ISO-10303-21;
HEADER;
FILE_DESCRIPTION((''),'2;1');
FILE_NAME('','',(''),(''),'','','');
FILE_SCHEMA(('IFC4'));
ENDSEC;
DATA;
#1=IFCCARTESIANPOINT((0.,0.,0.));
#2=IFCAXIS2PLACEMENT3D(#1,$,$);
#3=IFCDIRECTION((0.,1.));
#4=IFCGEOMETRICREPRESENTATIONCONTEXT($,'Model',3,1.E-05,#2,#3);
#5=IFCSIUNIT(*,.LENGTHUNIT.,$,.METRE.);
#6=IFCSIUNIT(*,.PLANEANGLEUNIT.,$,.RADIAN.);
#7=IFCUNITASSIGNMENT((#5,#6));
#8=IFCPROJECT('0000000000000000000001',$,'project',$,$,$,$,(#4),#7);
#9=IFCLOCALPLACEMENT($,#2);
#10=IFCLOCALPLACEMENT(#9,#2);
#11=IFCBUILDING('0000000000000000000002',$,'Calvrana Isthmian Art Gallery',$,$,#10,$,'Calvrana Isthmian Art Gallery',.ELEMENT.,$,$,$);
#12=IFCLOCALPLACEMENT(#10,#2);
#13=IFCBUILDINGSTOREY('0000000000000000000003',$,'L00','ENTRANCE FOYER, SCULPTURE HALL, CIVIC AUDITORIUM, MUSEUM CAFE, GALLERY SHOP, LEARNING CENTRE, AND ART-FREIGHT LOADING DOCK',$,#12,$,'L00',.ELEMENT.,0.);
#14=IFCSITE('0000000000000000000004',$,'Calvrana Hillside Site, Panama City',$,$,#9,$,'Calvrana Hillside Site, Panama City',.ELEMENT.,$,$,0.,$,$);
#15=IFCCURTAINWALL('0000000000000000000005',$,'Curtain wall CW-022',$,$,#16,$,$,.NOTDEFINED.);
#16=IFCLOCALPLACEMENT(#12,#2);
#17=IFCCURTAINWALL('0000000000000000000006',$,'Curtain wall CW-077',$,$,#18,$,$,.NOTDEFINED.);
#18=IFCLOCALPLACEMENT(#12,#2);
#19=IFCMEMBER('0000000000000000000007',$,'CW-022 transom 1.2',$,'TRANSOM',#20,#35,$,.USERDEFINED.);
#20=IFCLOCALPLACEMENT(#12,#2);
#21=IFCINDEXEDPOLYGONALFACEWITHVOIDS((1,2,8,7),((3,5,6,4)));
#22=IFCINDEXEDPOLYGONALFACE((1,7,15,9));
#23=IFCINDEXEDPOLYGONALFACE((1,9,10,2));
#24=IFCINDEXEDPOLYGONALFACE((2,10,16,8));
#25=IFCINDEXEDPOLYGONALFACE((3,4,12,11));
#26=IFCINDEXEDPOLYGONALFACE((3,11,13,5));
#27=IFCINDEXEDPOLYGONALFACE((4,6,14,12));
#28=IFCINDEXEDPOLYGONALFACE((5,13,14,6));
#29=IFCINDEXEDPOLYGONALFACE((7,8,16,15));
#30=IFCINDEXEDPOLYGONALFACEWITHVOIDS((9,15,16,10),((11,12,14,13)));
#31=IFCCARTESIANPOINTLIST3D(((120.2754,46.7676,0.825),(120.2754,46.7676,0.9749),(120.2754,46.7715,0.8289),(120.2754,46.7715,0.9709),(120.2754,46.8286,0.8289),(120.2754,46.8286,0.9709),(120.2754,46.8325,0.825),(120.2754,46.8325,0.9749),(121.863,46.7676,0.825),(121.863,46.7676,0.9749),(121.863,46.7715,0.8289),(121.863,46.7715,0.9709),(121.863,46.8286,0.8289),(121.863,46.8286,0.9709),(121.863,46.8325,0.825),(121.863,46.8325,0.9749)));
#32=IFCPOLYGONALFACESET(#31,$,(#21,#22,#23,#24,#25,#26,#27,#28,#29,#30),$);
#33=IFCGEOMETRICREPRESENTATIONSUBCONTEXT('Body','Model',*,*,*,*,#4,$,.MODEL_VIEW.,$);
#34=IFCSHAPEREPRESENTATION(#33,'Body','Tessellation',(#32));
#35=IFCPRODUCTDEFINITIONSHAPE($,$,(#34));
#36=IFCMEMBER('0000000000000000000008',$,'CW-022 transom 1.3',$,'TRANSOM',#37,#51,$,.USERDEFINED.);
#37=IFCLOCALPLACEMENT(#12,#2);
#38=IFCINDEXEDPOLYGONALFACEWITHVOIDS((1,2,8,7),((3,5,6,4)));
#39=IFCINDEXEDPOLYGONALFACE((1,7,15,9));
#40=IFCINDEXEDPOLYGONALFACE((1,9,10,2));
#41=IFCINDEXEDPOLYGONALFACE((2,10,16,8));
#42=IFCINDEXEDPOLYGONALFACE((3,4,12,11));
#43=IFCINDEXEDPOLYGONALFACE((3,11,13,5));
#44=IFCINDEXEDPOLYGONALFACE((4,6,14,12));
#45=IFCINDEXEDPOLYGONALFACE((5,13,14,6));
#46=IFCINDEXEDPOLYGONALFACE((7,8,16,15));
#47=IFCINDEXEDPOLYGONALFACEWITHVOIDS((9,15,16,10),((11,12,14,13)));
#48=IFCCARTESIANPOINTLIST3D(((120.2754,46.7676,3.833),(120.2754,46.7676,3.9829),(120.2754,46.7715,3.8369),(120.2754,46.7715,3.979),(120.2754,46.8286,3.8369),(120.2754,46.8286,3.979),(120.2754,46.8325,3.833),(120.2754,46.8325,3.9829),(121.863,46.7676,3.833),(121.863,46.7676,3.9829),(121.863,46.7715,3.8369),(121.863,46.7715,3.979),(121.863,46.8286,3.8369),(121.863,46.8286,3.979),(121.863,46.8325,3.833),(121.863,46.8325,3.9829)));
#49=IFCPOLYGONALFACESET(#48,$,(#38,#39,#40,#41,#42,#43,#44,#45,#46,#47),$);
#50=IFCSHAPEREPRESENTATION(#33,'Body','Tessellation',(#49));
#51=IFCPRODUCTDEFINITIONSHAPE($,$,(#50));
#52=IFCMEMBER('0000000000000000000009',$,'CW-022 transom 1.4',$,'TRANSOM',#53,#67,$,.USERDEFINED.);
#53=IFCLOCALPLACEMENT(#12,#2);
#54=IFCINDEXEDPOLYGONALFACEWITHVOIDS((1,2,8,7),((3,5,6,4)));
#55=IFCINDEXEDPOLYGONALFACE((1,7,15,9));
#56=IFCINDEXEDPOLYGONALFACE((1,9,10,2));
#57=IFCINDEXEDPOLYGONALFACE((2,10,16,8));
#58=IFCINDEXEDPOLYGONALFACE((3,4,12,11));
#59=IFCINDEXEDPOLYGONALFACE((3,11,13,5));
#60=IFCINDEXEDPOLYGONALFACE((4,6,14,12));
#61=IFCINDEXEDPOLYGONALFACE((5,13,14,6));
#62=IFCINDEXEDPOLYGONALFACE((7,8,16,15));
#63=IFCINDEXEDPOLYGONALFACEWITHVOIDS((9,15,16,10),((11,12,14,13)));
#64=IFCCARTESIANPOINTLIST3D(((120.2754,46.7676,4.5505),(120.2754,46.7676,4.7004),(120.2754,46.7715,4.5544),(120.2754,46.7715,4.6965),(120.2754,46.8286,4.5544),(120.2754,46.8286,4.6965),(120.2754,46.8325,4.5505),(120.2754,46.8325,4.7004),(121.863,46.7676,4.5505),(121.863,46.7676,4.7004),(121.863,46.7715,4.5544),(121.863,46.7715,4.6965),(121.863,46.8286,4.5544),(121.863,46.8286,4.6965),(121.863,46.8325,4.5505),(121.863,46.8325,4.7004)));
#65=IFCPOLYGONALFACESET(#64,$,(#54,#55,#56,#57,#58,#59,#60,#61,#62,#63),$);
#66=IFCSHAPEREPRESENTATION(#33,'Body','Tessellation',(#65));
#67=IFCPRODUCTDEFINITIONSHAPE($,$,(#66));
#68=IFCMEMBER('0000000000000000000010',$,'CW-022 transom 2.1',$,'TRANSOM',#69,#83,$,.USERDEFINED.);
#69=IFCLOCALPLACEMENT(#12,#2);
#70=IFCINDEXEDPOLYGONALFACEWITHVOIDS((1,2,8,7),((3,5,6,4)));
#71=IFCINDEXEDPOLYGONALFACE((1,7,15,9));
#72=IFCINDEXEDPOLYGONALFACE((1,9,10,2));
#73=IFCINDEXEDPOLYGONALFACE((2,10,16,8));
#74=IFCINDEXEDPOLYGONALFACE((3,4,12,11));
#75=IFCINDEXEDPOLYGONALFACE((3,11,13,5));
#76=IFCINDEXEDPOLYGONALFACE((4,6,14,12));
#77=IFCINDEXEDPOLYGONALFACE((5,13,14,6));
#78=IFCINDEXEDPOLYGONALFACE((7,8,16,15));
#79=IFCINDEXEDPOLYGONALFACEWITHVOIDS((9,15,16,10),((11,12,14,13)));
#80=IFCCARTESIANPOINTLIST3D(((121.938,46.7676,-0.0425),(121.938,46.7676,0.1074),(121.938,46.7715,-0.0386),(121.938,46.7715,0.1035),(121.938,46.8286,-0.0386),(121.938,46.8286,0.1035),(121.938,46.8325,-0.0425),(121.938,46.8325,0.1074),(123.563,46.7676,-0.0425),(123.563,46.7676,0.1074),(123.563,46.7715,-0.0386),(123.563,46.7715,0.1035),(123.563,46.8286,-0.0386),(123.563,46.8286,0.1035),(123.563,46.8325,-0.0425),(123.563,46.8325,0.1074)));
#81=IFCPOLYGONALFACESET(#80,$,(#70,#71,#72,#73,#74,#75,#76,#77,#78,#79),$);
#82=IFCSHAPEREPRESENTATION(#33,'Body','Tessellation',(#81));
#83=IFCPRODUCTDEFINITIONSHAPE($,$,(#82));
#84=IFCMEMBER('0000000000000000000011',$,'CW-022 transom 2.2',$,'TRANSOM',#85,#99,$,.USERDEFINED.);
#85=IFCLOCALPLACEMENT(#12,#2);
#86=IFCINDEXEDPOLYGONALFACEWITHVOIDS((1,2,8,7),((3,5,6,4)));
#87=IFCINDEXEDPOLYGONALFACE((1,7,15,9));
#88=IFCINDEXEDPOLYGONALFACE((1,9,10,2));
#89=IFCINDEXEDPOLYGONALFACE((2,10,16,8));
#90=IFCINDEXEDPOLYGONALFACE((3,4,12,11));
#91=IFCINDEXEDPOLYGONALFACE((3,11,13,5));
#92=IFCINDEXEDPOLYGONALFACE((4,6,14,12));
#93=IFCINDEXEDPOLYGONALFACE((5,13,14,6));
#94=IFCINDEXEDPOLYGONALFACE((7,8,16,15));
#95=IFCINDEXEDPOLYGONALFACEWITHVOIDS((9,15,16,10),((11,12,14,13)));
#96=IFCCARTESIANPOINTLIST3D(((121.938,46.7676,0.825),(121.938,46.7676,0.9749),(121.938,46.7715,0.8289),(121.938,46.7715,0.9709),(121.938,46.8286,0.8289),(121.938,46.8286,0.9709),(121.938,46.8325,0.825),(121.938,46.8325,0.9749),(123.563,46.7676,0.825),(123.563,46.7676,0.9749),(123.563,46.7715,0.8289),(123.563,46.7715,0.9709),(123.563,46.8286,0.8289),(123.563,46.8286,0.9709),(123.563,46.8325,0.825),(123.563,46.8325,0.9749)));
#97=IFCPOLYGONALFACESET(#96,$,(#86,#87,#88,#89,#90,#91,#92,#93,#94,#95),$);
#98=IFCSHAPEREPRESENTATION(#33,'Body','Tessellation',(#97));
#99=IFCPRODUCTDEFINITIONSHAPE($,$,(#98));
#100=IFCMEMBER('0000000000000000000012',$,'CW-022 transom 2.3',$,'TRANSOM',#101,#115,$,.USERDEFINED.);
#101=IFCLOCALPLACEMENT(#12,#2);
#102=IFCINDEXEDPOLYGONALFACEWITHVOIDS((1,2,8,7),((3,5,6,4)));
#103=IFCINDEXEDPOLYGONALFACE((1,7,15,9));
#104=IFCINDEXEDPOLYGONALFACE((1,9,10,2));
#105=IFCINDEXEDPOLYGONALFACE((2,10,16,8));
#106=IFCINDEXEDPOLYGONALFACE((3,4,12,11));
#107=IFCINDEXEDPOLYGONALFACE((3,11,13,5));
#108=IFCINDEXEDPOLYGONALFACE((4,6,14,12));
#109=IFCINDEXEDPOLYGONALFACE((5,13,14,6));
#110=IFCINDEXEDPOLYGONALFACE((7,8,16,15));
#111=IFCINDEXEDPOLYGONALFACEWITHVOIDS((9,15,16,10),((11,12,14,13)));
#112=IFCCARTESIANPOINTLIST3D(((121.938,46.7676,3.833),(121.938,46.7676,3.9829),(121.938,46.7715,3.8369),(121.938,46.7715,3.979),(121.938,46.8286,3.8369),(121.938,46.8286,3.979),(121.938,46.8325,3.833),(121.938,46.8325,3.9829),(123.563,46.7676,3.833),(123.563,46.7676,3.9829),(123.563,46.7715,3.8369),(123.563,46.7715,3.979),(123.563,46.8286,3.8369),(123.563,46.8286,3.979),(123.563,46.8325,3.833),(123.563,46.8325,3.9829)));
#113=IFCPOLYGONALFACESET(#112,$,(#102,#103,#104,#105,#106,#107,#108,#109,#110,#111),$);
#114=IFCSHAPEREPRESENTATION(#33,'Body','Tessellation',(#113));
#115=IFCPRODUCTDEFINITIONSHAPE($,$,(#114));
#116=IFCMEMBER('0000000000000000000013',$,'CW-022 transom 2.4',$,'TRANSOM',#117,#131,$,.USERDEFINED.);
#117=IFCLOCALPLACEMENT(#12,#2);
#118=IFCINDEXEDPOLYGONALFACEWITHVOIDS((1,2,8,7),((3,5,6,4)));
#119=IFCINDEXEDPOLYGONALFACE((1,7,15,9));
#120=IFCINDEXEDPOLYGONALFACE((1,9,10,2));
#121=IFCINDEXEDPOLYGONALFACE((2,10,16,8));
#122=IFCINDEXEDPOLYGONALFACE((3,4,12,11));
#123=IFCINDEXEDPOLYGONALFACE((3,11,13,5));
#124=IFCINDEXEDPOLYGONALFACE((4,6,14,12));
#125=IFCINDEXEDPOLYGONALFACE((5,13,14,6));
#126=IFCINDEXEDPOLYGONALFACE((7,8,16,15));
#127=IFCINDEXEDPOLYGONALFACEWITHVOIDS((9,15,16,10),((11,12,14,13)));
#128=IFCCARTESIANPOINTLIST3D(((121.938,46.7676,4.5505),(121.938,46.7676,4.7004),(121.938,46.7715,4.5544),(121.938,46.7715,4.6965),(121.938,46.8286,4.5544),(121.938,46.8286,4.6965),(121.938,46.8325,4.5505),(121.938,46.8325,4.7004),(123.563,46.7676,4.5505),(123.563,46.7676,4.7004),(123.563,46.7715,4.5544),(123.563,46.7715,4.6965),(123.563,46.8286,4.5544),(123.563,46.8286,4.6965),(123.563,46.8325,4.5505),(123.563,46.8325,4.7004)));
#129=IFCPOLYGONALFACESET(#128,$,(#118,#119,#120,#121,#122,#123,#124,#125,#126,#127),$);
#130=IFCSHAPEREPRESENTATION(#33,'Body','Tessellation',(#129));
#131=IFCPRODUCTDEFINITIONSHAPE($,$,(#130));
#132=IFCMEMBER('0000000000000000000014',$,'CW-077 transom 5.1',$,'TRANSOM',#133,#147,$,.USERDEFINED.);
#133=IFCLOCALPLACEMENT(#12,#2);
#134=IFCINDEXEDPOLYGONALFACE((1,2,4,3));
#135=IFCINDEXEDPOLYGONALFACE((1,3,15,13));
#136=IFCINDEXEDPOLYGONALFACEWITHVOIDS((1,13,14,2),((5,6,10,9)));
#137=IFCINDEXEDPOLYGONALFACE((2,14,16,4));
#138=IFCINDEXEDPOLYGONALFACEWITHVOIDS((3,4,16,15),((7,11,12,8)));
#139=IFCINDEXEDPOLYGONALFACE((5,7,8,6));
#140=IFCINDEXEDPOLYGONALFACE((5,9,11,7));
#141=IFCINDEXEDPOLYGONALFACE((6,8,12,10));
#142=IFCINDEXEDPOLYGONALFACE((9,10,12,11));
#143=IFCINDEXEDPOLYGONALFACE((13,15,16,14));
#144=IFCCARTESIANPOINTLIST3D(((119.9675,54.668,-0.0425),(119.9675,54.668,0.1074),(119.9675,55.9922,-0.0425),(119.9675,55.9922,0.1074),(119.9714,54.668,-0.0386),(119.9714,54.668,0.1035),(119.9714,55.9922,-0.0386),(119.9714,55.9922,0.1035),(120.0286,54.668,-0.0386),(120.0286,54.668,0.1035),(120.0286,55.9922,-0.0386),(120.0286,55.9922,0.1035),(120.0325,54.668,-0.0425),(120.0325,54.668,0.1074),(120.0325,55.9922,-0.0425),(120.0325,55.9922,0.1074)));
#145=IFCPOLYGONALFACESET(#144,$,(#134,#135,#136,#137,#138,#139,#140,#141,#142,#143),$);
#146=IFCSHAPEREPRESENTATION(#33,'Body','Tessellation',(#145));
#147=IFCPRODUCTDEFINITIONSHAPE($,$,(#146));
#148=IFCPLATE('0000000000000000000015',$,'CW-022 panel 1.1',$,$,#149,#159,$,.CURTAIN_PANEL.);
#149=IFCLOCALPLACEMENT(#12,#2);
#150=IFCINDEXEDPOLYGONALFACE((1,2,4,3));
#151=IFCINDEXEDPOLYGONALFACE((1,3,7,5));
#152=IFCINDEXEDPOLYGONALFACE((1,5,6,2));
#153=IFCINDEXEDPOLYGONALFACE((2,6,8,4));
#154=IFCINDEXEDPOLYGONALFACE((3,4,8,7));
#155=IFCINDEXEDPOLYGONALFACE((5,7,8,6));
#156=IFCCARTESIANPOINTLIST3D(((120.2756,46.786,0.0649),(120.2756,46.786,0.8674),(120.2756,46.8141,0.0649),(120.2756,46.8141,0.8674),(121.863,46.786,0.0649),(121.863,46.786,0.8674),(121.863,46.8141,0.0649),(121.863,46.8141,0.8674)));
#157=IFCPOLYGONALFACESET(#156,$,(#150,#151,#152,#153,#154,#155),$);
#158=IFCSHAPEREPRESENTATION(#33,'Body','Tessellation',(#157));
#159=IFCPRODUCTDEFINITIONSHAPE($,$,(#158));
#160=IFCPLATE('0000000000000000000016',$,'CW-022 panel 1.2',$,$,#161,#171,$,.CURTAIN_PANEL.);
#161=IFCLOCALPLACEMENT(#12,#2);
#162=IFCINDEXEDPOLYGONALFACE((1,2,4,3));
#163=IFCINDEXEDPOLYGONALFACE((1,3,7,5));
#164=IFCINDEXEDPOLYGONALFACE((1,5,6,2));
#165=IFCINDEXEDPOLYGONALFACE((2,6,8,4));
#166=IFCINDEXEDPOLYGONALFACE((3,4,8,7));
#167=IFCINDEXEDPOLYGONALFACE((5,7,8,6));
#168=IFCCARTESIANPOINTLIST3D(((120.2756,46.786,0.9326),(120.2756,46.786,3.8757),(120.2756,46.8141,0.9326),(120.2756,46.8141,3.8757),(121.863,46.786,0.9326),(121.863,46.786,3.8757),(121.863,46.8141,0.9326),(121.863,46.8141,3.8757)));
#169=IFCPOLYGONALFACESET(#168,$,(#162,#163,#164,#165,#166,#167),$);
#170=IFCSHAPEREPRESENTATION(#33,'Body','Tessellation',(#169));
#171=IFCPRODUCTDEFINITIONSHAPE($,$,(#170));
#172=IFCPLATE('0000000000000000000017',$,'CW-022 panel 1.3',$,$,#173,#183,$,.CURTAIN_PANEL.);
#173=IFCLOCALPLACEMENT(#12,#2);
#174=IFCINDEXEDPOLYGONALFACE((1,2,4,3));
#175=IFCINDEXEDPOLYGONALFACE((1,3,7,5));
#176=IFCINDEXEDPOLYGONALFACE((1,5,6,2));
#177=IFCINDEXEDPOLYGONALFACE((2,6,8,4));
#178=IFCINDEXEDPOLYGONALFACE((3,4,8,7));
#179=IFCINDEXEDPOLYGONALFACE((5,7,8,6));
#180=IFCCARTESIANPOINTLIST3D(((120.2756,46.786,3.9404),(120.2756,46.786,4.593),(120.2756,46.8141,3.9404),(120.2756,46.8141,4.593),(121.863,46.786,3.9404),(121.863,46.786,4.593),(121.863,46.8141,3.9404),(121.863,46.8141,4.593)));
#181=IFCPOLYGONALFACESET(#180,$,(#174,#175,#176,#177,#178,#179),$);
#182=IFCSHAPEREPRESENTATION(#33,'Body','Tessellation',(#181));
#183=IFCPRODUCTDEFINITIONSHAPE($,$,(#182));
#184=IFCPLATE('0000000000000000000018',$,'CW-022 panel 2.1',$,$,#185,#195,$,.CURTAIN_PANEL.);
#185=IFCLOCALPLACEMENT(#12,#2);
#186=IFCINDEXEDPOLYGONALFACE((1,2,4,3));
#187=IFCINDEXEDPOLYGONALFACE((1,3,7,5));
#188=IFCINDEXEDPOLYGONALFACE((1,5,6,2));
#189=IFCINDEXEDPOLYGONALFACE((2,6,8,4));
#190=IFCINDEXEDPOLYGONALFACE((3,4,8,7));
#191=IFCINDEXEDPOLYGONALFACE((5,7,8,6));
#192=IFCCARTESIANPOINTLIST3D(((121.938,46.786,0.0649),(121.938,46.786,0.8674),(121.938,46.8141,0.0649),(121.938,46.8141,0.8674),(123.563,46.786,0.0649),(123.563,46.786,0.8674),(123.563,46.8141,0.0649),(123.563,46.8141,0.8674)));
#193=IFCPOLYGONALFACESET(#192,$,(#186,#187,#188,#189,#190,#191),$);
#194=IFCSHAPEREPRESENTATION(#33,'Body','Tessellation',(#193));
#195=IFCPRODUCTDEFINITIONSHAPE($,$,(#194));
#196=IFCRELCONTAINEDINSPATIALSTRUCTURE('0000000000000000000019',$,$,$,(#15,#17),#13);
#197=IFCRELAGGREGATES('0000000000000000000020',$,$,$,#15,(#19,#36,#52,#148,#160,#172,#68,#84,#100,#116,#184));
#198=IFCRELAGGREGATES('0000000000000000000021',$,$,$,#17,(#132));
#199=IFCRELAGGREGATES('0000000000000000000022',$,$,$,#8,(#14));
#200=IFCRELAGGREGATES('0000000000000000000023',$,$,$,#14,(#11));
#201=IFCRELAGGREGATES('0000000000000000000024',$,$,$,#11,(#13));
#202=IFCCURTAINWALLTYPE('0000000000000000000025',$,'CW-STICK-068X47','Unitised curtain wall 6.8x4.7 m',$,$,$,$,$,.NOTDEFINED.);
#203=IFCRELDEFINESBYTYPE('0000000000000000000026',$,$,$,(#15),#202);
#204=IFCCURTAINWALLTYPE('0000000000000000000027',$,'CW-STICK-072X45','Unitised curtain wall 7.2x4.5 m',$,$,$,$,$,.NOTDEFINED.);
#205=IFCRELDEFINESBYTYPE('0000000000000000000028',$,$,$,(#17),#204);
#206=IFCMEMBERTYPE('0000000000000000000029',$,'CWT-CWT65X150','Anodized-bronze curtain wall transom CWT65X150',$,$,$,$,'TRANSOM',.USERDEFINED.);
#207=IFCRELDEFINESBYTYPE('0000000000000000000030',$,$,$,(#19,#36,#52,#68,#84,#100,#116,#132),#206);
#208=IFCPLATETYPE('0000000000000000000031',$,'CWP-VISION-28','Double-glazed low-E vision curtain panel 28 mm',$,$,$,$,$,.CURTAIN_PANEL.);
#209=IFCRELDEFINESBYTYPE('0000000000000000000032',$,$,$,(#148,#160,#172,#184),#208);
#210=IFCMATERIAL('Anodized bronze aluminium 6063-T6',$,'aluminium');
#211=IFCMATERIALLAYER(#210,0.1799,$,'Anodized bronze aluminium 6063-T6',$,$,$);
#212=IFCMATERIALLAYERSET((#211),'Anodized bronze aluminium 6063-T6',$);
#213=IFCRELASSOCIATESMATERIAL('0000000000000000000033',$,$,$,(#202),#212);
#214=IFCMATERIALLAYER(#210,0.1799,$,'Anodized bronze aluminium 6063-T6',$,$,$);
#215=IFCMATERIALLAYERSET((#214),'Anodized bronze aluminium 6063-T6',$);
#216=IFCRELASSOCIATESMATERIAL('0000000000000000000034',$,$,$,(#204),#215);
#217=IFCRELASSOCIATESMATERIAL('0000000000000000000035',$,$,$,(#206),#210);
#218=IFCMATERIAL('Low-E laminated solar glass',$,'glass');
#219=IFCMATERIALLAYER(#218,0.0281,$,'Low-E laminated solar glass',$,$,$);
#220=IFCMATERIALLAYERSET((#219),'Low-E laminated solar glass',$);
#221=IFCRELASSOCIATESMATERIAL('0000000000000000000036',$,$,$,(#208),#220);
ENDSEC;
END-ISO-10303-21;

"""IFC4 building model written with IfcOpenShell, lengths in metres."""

from ifc_helpers import new_model, si_unit, direction, frame, origin, origin_2d, place, context, subcontext, project, spatial, rectangle, hollow_rectangle, extrude, material, layer, layer_set, material_profile, profile_set, type_object, element, aggregate, save


model = new_model("IFC4")

# Units and contexts
model_context = context("Model", 3, precision=1e-05, world=origin(), true_north=direction((0.0, 1.0)))
body_context = subcontext(model_context, "Body", "Model", "MODEL_VIEW")
ifc_project = project(units=[si_unit("LENGTHUNIT", "METRE"), si_unit("PLANEANGLEUNIT", "RADIAN")], contexts=[model_context])

# Site, building, storey
site_placement = place(None, origin())
site = spatial("IfcSite", under=ifc_project, at=site_placement, Name="Calvrana Hillside Site, Panama City", LongName="Calvrana Hillside Site, Panama City", CompositionType="ELEMENT", RefElevation=0.0)
building_placement = place(site_placement, origin())
building = spatial("IfcBuilding", under=site, at=building_placement, Name="Calvrana Isthmian Art Gallery", LongName="Calvrana Isthmian Art Gallery", CompositionType="ELEMENT")
storey_placement = place(building_placement, origin())
storey = spatial("IfcBuildingStorey", under=building, at=storey_placement, Name="L00", Description="ENTRANCE FOYER, SCULPTURE HALL, CIVIC AUDITORIUM, MUSEUM CAFE, GALLERY SHOP, LEARNING CENTRE, AND ART-FREIGHT LOADING DOCK", LongName="L00", CompositionType="ELEMENT", Elevation=0.0)

# Curtain wall
ifc_material_1 = material(Name="Anodized bronze aluminium 6063-T6", Category="aluminium")
ifc_layer_1 = layer(ifc_material_1, 0.1799, Name="Anodized bronze aluminium 6063-T6")
ifc_layer_set_1 = layer_set([ifc_layer_1], Name="Anodized bronze aluminium 6063-T6")
curtain_wall_type_1 = type_object("IfcCurtainWallType", Name="CW-STICK-068X47", Description="Unitised curtain wall 6.8x4.7 m", PredefinedType="NOTDEFINED", material=ifc_layer_set_1)
curtain_wall_1_placement = place(storey_placement, origin())
curtain_wall_1 = element("IfcCurtainWall", 1, at=curtain_wall_1_placement, inside=storey, type_object=curtain_wall_type_1, Name="Curtain wall CW-022", PredefinedType="NOTDEFINED")

# Curtain wall
ifc_layer_2 = layer(ifc_material_1, 0.1799, Name="Anodized bronze aluminium 6063-T6")
ifc_layer_set_2 = layer_set([ifc_layer_2], Name="Anodized bronze aluminium 6063-T6")
curtain_wall_type_2 = type_object("IfcCurtainWallType", Name="CW-STICK-072X45", Description="Unitised curtain wall 7.2x4.5 m", PredefinedType="NOTDEFINED", material=ifc_layer_set_2)
curtain_wall_2_placement = place(storey_placement, origin())
curtain_wall_2 = element("IfcCurtainWall", 2, at=curtain_wall_2_placement, inside=storey, type_object=curtain_wall_type_2, Name="Curtain wall CW-077", PredefinedType="NOTDEFINED")

# Members
ifc_material_profile_1 = material_profile(ifc_material_1, hollow_rectangle(XDim=0.0649, YDim=0.1499, WallThickness=0.0039, at=origin_2d()), Name="CWT65X150")
ifc_profile_set_1 = profile_set([ifc_material_profile_1], Name="Anodized bronze aluminium 6063-T6")
member_type_1 = type_object("IfcMemberType", Name="CWT-CWT65X150", Description="Anodized-bronze curtain wall transom CWT65X150", ElementType="TRANSOM", PredefinedType="USERDEFINED", material=ifc_profile_set_1)
member_1_placement = place(storey_placement, frame((120.2754, 46.8, 0.8999), z_axis=(1.0, 0.0, 0.0), x_axis=(0.0, 1.0, 0.0)))
member_1 = element("IfcMember", 3, at=member_1_placement, type_object=member_type_1, Name="CW-022 transom 1.2", ObjectType="TRANSOM", PredefinedType="USERDEFINED", context=body_context, shape_type="SweptSolid", body=[
    extrude(hollow_rectangle(XDim=0.0649, YDim=0.1499, WallThickness=0.0039, at=origin_2d()), origin(), (0.0, 0.0, 1.0), 1.5876),
])
member_2_placement = place(storey_placement, frame((120.2754, 46.8, 3.908), z_axis=(1.0, 0.0, 0.0), x_axis=(0.0, 1.0, 0.0)))
member_2 = element("IfcMember", 4, at=member_2_placement, type_object=member_type_1, Name="CW-022 transom 1.3", ObjectType="TRANSOM", PredefinedType="USERDEFINED", context=body_context, shape_type="SweptSolid", body=[
    extrude(hollow_rectangle(XDim=0.0649, YDim=0.1499, WallThickness=0.0039, at=origin_2d()), origin(), (0.0, 0.0, 1.0), 1.5876),
])
member_3_placement = place(storey_placement, frame((120.2754, 46.8, 4.6255), z_axis=(1.0, 0.0, 0.0), x_axis=(0.0, 1.0, 0.0)))
member_3 = element("IfcMember", 5, at=member_3_placement, type_object=member_type_1, Name="CW-022 transom 1.4", ObjectType="TRANSOM", PredefinedType="USERDEFINED", context=body_context, shape_type="SweptSolid", body=[
    extrude(hollow_rectangle(XDim=0.0649, YDim=0.1499, WallThickness=0.0039, at=origin_2d()), origin(), (0.0, 0.0, 1.0), 1.5876),
])
member_4_placement = place(storey_placement, frame((121.938, 46.8, 0.0325), z_axis=(1.0, 0.0, 0.0), x_axis=(0.0, 1.0, 0.0)))
member_4 = element("IfcMember", 6, at=member_4_placement, type_object=member_type_1, Name="CW-022 transom 2.1", ObjectType="TRANSOM", PredefinedType="USERDEFINED", context=body_context, shape_type="SweptSolid", body=[
    extrude(hollow_rectangle(XDim=0.0649, YDim=0.1499, WallThickness=0.0039, at=origin_2d()), origin(), (0.0, 0.0, 1.0), 1.625),
])
member_5_placement = place(storey_placement, frame((121.938, 46.8, 0.8999), z_axis=(1.0, 0.0, 0.0), x_axis=(0.0, 1.0, 0.0)))
member_5 = element("IfcMember", 7, at=member_5_placement, type_object=member_type_1, Name="CW-022 transom 2.2", ObjectType="TRANSOM", PredefinedType="USERDEFINED", context=body_context, shape_type="SweptSolid", body=[
    extrude(hollow_rectangle(XDim=0.0649, YDim=0.1499, WallThickness=0.0039, at=origin_2d()), origin(), (0.0, 0.0, 1.0), 1.625),
])
member_6_placement = place(storey_placement, frame((121.938, 46.8, 3.908), z_axis=(1.0, 0.0, 0.0), x_axis=(0.0, 1.0, 0.0)))
member_6 = element("IfcMember", 8, at=member_6_placement, type_object=member_type_1, Name="CW-022 transom 2.3", ObjectType="TRANSOM", PredefinedType="USERDEFINED", context=body_context, shape_type="SweptSolid", body=[
    extrude(hollow_rectangle(XDim=0.0649, YDim=0.1499, WallThickness=0.0039, at=origin_2d()), origin(), (0.0, 0.0, 1.0), 1.625),
])
member_7_placement = place(storey_placement, frame((121.938, 46.8, 4.6255), z_axis=(1.0, 0.0, 0.0), x_axis=(0.0, 1.0, 0.0)))
member_7 = element("IfcMember", 9, at=member_7_placement, type_object=member_type_1, Name="CW-022 transom 2.4", ObjectType="TRANSOM", PredefinedType="USERDEFINED", context=body_context, shape_type="SweptSolid", body=[
    extrude(hollow_rectangle(XDim=0.0649, YDim=0.1499, WallThickness=0.0039, at=origin_2d()), origin(), (0.0, 0.0, 1.0), 1.625),
])
member_8_placement = place(storey_placement, frame((120.0, 55.9922, 0.0325), z_axis=(0.0, -1.0, 0.0), x_axis=(1.0, 0.0, 0.0)))
member_8 = element("IfcMember", 10, at=member_8_placement, type_object=member_type_1, Name="CW-077 transom 5.1", ObjectType="TRANSOM", PredefinedType="USERDEFINED", context=body_context, shape_type="SweptSolid", body=[
    extrude(hollow_rectangle(XDim=0.0649, YDim=0.1499, WallThickness=0.0039, at=origin_2d()), origin(), (0.0, 0.0, 1.0), 1.3242),
])

# Plates
ifc_material_2 = material(Name="Low-E laminated solar glass", Category="glass")
ifc_layer_3 = layer(ifc_material_2, 0.0281, Name="Low-E laminated solar glass")
ifc_layer_set_3 = layer_set([ifc_layer_3], Name="Low-E laminated solar glass")
plate_type = type_object("IfcPlateType", Name="CWP-VISION-28", Description="Double-glazed low-E vision curtain panel 28 mm", PredefinedType="CURTAIN_PANEL", material=ifc_layer_set_3)
plate_1_placement = place(storey_placement, frame((121.0693, 46.8, 0.0649), z_axis=(0.0, 0.0, 1.0), x_axis=(1.0, 0.0, 0.0)))
plate_1 = element("IfcPlate", 11, at=plate_1_placement, type_object=plate_type, Name="CW-022 panel 1.1", PredefinedType="CURTAIN_PANEL", context=body_context, shape_type="SweptSolid", body=[
    extrude(rectangle(XDim=1.5874, YDim=0.0281, at=origin_2d()), origin(), (0.0, 0.0, 1.0), 0.8025),
])
plate_2_placement = place(storey_placement, frame((121.0693, 46.8, 0.9326), z_axis=(0.0, 0.0, 1.0), x_axis=(1.0, 0.0, 0.0)))
plate_2 = element("IfcPlate", 12, at=plate_2_placement, type_object=plate_type, Name="CW-022 panel 1.2", PredefinedType="CURTAIN_PANEL", context=body_context, shape_type="SweptSolid", body=[
    extrude(rectangle(XDim=1.5874, YDim=0.0281, at=origin_2d()), origin(), (0.0, 0.0, 1.0), 2.9431),
])
plate_3_placement = place(storey_placement, frame((121.0693, 46.8, 3.9404), z_axis=(0.0, 0.0, 1.0), x_axis=(1.0, 0.0, 0.0)))
plate_3 = element("IfcPlate", 13, at=plate_3_placement, type_object=plate_type, Name="CW-022 panel 1.3", PredefinedType="CURTAIN_PANEL", context=body_context, shape_type="SweptSolid", body=[
    extrude(rectangle(XDim=1.5874, YDim=0.0281, at=origin_2d()), origin(), (0.0, 0.0, 1.0), 0.6526),
])
plate_4_placement = place(storey_placement, frame((122.7505, 46.8, 0.0649), z_axis=(0.0, 0.0, 1.0), x_axis=(1.0, 0.0, 0.0)))
plate_4 = element("IfcPlate", 14, at=plate_4_placement, type_object=plate_type, Name="CW-022 panel 2.1", PredefinedType="CURTAIN_PANEL", context=body_context, shape_type="SweptSolid", body=[
    extrude(rectangle(XDim=1.625, YDim=0.0281, at=origin_2d()), origin(), (0.0, 0.0, 1.0), 0.8025),
])
aggregate(curtain_wall_1, [member_1, member_2, member_3, plate_1, plate_2, plate_3, member_4, member_5, member_6, member_7, plate_4])
aggregate(curtain_wall_2, [member_8])

save(model, "model.ifc")
